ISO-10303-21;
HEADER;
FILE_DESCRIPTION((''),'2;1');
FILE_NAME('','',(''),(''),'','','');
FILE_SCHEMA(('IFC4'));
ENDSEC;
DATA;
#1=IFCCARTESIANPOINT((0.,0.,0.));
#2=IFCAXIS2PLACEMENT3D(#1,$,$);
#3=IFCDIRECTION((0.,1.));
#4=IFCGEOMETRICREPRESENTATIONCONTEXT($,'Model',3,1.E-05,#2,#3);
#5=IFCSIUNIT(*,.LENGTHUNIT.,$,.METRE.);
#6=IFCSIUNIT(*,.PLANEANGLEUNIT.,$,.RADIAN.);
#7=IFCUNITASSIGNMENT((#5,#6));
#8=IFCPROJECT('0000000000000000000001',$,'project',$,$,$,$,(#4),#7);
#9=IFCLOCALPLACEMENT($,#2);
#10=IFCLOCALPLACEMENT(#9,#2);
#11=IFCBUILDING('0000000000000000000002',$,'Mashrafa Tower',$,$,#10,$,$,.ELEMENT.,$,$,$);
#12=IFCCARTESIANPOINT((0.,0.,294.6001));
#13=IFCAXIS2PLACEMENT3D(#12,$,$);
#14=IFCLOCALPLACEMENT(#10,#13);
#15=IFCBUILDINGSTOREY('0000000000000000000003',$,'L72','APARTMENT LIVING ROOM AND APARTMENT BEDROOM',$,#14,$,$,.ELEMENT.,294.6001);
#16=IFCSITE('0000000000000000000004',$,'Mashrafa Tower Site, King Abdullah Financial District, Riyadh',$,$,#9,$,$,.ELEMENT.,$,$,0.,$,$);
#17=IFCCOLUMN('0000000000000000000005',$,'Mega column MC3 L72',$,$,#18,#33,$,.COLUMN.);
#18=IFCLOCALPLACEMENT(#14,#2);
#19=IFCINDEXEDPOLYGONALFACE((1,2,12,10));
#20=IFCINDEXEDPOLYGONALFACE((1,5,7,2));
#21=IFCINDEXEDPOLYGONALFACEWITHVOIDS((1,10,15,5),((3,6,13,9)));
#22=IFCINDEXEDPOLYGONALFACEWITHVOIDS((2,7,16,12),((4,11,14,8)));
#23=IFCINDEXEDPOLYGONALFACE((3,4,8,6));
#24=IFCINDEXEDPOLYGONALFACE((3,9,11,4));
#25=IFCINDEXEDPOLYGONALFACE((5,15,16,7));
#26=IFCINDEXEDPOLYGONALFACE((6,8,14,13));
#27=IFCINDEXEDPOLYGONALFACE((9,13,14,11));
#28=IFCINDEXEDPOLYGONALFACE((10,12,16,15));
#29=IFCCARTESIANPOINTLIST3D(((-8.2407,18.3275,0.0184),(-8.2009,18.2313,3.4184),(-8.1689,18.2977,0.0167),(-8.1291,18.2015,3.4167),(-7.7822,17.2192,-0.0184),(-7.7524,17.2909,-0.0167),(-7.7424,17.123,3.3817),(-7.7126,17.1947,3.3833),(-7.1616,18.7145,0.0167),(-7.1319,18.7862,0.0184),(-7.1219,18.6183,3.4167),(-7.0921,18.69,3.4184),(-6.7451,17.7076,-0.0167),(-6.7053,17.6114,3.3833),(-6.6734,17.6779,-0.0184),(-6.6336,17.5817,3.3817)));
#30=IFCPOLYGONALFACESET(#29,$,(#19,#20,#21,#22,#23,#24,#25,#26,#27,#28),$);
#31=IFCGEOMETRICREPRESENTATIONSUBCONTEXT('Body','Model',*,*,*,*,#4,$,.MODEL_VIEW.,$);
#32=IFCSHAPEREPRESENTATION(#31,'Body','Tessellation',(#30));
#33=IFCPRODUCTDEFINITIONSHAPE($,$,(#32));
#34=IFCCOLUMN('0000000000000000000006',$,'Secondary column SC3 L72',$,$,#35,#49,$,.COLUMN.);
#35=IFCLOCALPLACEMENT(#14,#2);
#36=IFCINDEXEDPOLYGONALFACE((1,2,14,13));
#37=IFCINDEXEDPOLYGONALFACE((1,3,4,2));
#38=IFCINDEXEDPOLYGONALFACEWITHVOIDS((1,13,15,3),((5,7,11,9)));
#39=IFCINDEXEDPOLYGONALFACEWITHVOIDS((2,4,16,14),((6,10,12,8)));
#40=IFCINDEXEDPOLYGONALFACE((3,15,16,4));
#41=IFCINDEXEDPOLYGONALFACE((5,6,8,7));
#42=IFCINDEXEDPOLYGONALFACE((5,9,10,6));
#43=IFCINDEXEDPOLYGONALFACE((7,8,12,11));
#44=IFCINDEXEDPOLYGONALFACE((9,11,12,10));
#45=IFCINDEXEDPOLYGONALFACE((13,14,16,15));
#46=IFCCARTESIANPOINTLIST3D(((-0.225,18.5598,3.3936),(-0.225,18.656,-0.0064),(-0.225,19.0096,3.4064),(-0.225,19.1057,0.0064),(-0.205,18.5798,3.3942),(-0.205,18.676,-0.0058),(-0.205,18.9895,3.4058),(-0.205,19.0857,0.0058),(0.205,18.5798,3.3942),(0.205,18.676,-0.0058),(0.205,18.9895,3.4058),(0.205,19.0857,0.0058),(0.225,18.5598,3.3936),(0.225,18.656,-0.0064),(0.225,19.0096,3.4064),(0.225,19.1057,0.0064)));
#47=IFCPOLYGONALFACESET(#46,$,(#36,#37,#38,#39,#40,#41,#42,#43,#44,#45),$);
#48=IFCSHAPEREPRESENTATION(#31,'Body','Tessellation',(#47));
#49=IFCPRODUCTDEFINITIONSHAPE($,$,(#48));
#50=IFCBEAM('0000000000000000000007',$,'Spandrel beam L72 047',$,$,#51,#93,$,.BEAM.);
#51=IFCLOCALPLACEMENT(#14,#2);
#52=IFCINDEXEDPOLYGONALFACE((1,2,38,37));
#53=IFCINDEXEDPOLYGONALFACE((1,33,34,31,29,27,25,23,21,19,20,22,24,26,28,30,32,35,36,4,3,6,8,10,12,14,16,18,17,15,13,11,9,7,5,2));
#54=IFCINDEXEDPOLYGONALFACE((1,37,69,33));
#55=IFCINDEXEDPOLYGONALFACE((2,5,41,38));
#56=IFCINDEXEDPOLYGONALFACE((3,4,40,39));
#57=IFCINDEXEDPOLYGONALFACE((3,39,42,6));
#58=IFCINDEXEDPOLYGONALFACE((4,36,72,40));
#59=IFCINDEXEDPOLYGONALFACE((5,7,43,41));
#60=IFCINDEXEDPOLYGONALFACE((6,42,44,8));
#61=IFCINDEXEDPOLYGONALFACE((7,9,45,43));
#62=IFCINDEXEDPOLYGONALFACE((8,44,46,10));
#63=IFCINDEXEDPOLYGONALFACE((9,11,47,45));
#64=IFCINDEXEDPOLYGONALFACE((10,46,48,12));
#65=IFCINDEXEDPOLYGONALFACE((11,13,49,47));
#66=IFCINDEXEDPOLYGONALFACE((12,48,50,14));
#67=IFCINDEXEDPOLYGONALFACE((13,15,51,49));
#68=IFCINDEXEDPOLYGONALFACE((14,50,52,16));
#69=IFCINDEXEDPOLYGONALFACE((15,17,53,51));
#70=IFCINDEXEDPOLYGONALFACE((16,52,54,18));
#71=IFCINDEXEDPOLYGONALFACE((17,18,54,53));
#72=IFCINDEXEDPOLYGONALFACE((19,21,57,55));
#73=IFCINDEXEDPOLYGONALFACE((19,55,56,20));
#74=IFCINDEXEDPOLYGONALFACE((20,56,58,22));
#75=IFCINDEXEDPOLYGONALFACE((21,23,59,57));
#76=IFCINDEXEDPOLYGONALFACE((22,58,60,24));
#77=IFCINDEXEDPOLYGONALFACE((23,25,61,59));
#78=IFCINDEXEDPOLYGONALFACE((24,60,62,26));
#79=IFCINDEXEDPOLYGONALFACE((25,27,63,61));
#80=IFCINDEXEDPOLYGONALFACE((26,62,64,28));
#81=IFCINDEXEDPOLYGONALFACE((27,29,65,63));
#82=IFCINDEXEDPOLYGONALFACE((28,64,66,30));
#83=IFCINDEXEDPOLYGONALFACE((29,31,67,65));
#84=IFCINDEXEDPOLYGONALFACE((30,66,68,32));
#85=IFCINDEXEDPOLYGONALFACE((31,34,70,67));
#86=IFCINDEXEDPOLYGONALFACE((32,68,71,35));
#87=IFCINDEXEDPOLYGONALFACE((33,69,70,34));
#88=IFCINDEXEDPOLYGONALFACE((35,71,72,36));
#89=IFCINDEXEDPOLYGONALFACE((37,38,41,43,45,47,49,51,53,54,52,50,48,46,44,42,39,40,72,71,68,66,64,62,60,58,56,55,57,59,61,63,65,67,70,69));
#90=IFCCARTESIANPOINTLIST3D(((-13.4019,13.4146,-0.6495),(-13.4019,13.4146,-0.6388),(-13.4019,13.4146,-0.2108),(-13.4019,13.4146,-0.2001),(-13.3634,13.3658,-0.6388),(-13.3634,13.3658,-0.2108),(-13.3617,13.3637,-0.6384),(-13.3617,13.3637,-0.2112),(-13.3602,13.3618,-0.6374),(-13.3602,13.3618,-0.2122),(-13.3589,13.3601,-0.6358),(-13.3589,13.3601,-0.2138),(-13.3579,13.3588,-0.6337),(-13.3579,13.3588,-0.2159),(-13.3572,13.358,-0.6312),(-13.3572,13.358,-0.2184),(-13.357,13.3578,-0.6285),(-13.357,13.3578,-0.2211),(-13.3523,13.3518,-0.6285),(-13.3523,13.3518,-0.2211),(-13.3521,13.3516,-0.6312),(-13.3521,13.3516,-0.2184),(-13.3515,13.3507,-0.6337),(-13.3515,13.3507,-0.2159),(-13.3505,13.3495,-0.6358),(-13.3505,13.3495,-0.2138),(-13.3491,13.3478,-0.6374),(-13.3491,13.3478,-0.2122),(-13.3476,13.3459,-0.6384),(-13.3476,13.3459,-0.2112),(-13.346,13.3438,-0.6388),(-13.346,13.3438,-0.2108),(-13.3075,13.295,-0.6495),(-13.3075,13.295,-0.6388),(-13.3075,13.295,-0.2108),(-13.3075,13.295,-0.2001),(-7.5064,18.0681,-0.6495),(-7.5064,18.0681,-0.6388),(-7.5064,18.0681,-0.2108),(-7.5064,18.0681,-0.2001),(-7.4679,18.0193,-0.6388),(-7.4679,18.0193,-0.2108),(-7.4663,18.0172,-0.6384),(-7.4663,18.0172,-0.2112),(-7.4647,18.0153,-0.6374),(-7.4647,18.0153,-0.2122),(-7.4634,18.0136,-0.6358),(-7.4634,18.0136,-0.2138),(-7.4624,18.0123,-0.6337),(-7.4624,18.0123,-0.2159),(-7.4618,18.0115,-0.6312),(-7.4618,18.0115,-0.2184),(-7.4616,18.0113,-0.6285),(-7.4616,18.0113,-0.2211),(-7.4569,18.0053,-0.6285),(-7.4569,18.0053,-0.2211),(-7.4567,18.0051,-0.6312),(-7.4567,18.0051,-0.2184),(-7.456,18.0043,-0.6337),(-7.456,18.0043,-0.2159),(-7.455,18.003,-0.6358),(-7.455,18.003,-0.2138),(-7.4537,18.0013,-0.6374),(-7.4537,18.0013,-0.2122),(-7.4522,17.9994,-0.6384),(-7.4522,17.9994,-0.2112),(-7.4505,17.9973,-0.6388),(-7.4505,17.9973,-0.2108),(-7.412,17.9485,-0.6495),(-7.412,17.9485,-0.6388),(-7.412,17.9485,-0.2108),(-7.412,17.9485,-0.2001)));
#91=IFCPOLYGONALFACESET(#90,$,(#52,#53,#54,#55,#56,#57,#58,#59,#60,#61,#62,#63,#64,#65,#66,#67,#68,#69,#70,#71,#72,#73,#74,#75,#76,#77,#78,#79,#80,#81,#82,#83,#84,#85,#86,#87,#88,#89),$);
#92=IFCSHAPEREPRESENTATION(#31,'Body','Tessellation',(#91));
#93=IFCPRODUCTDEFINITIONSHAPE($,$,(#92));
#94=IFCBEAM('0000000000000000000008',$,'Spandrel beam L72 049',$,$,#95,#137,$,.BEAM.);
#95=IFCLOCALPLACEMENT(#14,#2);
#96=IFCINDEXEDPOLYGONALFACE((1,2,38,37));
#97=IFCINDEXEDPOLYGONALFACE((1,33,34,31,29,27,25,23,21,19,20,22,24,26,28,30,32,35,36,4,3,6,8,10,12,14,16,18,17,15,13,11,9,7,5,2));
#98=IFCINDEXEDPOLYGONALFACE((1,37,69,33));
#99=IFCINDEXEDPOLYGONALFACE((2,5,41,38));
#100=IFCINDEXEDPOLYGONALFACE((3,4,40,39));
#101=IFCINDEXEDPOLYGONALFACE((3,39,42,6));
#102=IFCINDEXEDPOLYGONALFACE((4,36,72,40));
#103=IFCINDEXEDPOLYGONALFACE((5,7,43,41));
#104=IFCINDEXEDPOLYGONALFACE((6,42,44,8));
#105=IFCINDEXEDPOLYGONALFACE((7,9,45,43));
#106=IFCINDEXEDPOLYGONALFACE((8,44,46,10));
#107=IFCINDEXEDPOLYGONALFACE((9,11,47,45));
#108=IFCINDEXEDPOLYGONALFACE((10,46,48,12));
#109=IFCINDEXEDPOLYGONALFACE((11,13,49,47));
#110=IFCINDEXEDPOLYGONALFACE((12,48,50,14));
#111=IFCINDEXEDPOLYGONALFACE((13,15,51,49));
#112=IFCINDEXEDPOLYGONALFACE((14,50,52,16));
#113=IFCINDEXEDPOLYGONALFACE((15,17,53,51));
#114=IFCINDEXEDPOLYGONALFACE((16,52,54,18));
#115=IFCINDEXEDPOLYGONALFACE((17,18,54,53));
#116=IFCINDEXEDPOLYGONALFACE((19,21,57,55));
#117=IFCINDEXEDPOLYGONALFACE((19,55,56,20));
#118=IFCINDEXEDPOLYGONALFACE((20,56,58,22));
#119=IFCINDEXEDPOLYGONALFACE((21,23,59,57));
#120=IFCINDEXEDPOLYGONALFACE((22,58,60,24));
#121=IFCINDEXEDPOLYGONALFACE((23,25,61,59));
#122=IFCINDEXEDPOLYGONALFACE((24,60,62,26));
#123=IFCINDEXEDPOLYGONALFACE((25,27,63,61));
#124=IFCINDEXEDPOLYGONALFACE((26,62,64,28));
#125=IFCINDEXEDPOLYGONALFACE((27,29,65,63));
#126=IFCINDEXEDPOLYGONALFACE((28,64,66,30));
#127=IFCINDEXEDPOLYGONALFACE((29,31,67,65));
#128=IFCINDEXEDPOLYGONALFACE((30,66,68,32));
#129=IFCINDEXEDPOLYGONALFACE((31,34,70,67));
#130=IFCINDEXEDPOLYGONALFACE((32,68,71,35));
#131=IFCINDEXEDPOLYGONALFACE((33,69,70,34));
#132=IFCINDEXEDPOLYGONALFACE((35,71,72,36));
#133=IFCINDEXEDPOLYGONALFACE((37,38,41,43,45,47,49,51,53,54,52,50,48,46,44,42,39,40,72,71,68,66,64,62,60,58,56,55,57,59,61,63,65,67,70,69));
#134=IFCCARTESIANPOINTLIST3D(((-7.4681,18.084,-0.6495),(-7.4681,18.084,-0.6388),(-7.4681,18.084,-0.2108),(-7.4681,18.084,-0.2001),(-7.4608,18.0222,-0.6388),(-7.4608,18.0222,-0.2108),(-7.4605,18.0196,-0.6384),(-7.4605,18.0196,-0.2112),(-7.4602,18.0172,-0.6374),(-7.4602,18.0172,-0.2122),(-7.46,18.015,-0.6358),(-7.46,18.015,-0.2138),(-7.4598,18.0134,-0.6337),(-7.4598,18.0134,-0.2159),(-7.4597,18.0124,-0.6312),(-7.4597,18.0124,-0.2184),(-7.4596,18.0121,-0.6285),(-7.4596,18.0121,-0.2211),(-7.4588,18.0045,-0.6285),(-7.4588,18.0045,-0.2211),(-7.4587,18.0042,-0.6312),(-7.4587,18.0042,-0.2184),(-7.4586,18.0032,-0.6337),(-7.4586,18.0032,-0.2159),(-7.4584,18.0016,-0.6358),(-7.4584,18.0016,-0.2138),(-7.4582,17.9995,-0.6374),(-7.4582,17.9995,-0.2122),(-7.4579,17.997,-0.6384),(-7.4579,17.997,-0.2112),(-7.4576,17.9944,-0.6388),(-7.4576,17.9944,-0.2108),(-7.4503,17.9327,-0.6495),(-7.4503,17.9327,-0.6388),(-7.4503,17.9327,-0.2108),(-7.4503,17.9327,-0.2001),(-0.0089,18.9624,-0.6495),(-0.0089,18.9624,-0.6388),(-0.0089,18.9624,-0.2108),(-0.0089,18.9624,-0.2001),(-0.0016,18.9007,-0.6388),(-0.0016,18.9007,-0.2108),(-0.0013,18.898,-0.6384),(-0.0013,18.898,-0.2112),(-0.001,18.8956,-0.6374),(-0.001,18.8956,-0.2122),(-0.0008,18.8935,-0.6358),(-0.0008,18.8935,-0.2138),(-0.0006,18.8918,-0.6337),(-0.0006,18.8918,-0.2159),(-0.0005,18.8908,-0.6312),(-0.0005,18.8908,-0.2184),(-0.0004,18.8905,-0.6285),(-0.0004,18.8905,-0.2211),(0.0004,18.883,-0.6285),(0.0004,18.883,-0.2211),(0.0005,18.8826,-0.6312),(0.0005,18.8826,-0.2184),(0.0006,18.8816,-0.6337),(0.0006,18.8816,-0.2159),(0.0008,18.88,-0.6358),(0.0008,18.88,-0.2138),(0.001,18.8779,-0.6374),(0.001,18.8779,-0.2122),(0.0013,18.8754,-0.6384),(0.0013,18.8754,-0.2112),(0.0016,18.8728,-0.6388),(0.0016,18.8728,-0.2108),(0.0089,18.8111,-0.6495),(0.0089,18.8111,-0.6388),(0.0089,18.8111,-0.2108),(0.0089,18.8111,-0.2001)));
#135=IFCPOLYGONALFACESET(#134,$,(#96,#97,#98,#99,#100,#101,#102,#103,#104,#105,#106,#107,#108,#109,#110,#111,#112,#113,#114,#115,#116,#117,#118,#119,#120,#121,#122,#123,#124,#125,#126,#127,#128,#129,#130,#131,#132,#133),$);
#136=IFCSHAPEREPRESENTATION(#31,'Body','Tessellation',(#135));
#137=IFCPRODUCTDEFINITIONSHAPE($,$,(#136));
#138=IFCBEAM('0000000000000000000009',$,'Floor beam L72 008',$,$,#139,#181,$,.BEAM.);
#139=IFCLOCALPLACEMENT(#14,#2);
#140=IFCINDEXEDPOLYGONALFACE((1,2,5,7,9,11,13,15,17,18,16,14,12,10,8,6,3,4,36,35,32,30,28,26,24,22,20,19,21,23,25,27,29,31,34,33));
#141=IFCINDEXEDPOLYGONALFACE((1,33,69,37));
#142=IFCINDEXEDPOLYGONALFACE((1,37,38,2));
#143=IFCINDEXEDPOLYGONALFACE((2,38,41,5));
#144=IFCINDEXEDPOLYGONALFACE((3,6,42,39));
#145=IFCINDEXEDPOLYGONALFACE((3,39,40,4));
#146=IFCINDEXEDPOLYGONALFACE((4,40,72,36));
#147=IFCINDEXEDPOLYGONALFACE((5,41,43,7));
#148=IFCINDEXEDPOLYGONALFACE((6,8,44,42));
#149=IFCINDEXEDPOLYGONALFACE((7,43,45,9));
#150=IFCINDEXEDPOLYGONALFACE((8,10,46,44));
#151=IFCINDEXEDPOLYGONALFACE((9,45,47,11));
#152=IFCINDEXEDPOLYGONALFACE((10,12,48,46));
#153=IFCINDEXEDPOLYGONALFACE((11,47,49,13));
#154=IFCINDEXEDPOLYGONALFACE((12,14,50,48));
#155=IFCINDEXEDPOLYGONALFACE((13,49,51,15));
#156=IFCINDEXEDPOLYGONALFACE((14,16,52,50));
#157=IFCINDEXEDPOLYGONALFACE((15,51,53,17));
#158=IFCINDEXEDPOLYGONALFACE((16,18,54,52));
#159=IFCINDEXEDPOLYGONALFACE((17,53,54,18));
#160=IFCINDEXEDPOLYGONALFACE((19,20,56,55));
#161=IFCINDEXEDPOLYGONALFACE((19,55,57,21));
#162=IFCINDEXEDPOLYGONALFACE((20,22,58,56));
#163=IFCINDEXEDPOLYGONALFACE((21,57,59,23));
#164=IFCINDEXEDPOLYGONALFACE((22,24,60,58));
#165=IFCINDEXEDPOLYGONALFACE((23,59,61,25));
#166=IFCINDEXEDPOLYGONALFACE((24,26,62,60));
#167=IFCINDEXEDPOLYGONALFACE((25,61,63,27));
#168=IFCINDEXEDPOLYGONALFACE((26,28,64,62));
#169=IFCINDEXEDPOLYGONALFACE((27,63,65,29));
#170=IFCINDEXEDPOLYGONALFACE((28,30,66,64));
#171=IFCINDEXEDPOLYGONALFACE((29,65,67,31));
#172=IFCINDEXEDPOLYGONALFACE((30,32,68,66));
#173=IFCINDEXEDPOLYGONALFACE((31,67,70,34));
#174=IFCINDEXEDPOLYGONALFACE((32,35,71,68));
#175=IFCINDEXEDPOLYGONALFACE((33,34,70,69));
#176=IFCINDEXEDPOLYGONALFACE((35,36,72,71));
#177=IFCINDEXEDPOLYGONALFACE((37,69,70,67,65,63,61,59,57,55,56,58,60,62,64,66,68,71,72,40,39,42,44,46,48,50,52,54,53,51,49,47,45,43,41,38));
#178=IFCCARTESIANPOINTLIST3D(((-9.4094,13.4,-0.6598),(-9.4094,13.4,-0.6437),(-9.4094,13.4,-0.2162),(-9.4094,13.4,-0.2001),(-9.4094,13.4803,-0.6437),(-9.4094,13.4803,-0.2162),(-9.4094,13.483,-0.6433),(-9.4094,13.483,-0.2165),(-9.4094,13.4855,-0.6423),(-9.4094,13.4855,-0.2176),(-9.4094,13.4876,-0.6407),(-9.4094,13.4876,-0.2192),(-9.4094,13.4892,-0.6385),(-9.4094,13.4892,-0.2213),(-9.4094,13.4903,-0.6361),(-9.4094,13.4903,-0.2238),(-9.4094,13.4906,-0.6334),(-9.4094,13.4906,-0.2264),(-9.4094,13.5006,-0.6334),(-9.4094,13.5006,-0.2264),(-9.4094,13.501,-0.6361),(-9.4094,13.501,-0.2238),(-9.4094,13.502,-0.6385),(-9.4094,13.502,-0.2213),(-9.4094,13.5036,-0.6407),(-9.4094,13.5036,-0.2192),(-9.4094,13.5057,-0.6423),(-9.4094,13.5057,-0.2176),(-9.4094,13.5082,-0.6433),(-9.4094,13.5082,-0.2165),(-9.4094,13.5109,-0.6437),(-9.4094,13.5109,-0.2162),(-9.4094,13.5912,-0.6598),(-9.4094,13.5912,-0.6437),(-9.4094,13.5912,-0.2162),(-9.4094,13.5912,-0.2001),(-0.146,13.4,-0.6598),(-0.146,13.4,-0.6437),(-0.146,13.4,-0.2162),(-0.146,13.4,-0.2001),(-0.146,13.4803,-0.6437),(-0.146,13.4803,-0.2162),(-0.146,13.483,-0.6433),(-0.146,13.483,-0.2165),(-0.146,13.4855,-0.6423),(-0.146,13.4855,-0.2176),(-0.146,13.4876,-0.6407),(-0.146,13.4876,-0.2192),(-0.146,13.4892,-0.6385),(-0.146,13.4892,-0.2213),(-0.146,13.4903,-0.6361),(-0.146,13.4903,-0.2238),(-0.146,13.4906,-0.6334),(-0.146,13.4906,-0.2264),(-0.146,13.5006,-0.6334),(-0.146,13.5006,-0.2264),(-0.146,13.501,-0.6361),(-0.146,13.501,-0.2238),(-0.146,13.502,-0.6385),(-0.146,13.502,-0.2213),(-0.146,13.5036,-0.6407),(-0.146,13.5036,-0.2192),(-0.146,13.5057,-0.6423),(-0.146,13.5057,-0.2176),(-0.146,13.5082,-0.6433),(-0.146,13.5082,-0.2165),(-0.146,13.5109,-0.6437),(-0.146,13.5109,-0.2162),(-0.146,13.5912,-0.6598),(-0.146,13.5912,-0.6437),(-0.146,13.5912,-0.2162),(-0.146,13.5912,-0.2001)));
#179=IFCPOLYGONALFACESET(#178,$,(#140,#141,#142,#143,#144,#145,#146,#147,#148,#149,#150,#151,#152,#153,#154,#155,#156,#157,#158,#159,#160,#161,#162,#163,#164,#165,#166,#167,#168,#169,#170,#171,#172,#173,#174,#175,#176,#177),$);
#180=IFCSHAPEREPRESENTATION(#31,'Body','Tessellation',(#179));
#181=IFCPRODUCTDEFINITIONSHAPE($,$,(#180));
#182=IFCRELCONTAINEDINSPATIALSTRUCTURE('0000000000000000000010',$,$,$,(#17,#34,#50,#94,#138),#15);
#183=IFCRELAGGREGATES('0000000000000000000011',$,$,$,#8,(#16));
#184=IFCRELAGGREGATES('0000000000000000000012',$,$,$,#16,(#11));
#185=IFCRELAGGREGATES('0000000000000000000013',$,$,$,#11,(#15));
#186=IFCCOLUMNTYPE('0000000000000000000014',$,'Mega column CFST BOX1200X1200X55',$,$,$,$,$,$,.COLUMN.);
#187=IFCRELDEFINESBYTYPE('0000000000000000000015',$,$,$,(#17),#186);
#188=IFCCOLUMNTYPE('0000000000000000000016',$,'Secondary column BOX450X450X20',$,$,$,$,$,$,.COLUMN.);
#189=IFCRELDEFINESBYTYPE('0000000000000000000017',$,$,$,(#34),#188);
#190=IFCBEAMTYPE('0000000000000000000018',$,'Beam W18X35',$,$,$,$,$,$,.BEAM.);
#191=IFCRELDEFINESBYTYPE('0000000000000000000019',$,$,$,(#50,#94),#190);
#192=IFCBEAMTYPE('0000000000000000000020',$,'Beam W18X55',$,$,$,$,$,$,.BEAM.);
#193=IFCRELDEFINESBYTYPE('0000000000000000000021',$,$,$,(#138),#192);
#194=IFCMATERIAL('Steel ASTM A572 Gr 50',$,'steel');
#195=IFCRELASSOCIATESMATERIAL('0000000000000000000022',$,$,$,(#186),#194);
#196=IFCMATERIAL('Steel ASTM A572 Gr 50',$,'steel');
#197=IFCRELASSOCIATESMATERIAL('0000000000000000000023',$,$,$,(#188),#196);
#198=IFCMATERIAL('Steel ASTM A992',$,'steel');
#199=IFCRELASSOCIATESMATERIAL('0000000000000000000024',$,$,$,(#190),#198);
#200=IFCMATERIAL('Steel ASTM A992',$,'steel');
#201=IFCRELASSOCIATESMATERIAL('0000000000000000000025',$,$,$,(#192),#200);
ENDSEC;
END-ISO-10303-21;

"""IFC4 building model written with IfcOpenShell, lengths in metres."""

from ifc_helpers import new_model, si_unit, direction, frame, origin, origin_2d, place, context, subcontext, project, spatial, hollow_rectangle, i_section, extrude, material, material_profile, profile_set, type_object, element, save


model = new_model("IFC4")

# Units and contexts
model_context = context("Model", 3, precision=1e-05, world=origin(), true_north=direction((0.0, 1.0)))
body_context = subcontext(model_context, "Body", "Model", "MODEL_VIEW")
ifc_project = project(units=[si_unit("LENGTHUNIT", "METRE"), si_unit("PLANEANGLEUNIT", "RADIAN")], contexts=[model_context])

# Site, building, storey
site_placement = place(None, origin())
site = spatial("IfcSite", under=ifc_project, at=site_placement, Name="Mashrafa Tower Site, King Abdullah Financial District, Riyadh", CompositionType="ELEMENT", RefElevation=0.0)
building_placement = place(site_placement, origin())
building = spatial("IfcBuilding", under=site, at=building_placement, Name="Mashrafa Tower", CompositionType="ELEMENT")
storey_placement = place(building_placement, frame((0.0, 0.0, 294.6001)))
storey = spatial("IfcBuildingStorey", under=building, at=storey_placement, Name="L72", Description="APARTMENT LIVING ROOM AND APARTMENT BEDROOM", CompositionType="ELEMENT", Elevation=294.6001)

# Columns
ifc_material_1 = material(Name="Steel ASTM A572 Gr 50", Category="steel")
ifc_material_profile_1 = material_profile(ifc_material_1, hollow_rectangle(XDim=1.2, YDim=1.2, WallThickness=0.0549, at=origin_2d()), Name="BOX1200X1200X55")
ifc_profile_set_1 = profile_set([ifc_material_profile_1], Name="Steel ASTM A572 Gr 50")
column_type_1 = type_object("IfcColumnType", Name="Mega column CFST BOX1200X1200X55", PredefinedType="COLUMN", material=ifc_profile_set_1)
column_1_placement = place(storey_placement, frame((-7.457, 18.0027, 0.0), z_axis=(0.011699, -0.028279, 0.999532), x_axis=(0.924045, 0.382283, 0.0)))
element("IfcColumn", 1, at=column_1_placement, inside=storey, type_object=column_type_1, Name="Mega column MC3 L72", PredefinedType="COLUMN", context=body_context, shape_type="SweptSolid", body=[
    extrude(hollow_rectangle(XDim=1.2, YDim=1.2, WallThickness=0.0549, at=origin_2d()), origin(), (0.0, 0.0, 1.0), 3.4016),
])
ifc_material_2 = material(Name="Steel ASTM A572 Gr 50", Category="steel")
ifc_material_profile_2 = material_profile(ifc_material_2, hollow_rectangle(XDim=0.45, YDim=0.45, WallThickness=0.02, at=origin_2d()), Name="BOX450X450X20")
ifc_profile_set_2 = profile_set([ifc_material_profile_2], Name="Steel ASTM A572 Gr 50")
column_type_2 = type_object("IfcColumnType", Name="Secondary column BOX450X450X20", PredefinedType="COLUMN", material=ifc_profile_set_2)
column_2_placement = place(storey_placement, frame((0.0, 18.8809, 0.0), z_axis=(0.0, -0.028281, 0.9996), x_axis=(1.0, 0.0, 0.0)))
element("IfcColumn", 2, at=column_2_placement, inside=storey, type_object=column_type_2, Name="Secondary column SC3 L72", PredefinedType="COLUMN", context=body_context, shape_type="SweptSolid", body=[
    extrude(hollow_rectangle(XDim=0.45, YDim=0.45, WallThickness=0.02, at=origin_2d()), origin(), (0.0, 0.0, 1.0), 3.4014),
])

# Beams
ifc_material_3 = material(Name="Steel ASTM A992", Category="steel")
ifc_material_profile_3 = material_profile(ifc_material_3, i_section(OverallWidth=0.1523, OverallDepth=0.4495, WebThickness=0.0076, FlangeThickness=0.0107, FilletRadius=0.0103, at=origin_2d()), Name="W18X35")
ifc_profile_set_3 = profile_set([ifc_material_profile_3], Name="Steel ASTM A992")
beam_type_1 = type_object("IfcBeamType", Name="Beam W18X35", PredefinedType="BEAM", material=ifc_profile_set_3)
for number, where, z_axis, x_axis, name in (
    (3, (-7.4592, 18.0083, -0.4248), (-0.784934, -0.61958, 0.0), (0.61958, -0.784934, 0.0), "Spandrel beam L72 047"),
    (4, (0.0, 18.8867, -0.4248), (-0.993137, -0.116954, 0.0), (0.116954, -0.993137, 0.0), "Spandrel beam L72 049"),
):
    element("IfcBeam", number, at=place(storey_placement, frame(where, z_axis=z_axis, x_axis=x_axis)), inside=storey, type_object=beam_type_1, Name=name, PredefinedType="BEAM", context=body_context, shape_type="SweptSolid", body=[
        extrude(i_section(OverallWidth=0.1523, OverallDepth=0.4495, WebThickness=0.0076, FlangeThickness=0.0107, FilletRadius=0.0103, at=origin_2d()), origin(), (0.0, 0.0, 1.0), 7.5107),
    ])
ifc_material_4 = material(Name="Steel ASTM A992", Category="steel")
ifc_material_profile_4 = material_profile(ifc_material_4, i_section(OverallWidth=0.1912, OverallDepth=0.4597, WebThickness=0.01, FlangeThickness=0.0161, FilletRadius=0.0103, at=origin_2d()), Name="W18X55")
ifc_profile_set_4 = profile_set([ifc_material_profile_4], Name="Steel ASTM A992")
beam_type_2 = type_object("IfcBeamType", Name="Beam W18X55", PredefinedType="BEAM", material=ifc_profile_set_4)
beam_1_placement = place(storey_placement, frame((-9.4094, 13.4956, -0.4299), z_axis=(1.0, 0.0, 0.0), x_axis=(0.0, 1.0, 0.0)))
element("IfcBeam", 5, at=beam_1_placement, inside=storey, type_object=beam_type_2, Name="Floor beam L72 008", PredefinedType="BEAM", context=body_context, shape_type="SweptSolid", body=[
    extrude(i_section(OverallWidth=0.1912, OverallDepth=0.4597, WebThickness=0.01, FlangeThickness=0.0161, FilletRadius=0.0103, at=origin_2d()), origin(), (0.0, 0.0, 1.0), 9.2634),
])

save(model, "model.ifc")
